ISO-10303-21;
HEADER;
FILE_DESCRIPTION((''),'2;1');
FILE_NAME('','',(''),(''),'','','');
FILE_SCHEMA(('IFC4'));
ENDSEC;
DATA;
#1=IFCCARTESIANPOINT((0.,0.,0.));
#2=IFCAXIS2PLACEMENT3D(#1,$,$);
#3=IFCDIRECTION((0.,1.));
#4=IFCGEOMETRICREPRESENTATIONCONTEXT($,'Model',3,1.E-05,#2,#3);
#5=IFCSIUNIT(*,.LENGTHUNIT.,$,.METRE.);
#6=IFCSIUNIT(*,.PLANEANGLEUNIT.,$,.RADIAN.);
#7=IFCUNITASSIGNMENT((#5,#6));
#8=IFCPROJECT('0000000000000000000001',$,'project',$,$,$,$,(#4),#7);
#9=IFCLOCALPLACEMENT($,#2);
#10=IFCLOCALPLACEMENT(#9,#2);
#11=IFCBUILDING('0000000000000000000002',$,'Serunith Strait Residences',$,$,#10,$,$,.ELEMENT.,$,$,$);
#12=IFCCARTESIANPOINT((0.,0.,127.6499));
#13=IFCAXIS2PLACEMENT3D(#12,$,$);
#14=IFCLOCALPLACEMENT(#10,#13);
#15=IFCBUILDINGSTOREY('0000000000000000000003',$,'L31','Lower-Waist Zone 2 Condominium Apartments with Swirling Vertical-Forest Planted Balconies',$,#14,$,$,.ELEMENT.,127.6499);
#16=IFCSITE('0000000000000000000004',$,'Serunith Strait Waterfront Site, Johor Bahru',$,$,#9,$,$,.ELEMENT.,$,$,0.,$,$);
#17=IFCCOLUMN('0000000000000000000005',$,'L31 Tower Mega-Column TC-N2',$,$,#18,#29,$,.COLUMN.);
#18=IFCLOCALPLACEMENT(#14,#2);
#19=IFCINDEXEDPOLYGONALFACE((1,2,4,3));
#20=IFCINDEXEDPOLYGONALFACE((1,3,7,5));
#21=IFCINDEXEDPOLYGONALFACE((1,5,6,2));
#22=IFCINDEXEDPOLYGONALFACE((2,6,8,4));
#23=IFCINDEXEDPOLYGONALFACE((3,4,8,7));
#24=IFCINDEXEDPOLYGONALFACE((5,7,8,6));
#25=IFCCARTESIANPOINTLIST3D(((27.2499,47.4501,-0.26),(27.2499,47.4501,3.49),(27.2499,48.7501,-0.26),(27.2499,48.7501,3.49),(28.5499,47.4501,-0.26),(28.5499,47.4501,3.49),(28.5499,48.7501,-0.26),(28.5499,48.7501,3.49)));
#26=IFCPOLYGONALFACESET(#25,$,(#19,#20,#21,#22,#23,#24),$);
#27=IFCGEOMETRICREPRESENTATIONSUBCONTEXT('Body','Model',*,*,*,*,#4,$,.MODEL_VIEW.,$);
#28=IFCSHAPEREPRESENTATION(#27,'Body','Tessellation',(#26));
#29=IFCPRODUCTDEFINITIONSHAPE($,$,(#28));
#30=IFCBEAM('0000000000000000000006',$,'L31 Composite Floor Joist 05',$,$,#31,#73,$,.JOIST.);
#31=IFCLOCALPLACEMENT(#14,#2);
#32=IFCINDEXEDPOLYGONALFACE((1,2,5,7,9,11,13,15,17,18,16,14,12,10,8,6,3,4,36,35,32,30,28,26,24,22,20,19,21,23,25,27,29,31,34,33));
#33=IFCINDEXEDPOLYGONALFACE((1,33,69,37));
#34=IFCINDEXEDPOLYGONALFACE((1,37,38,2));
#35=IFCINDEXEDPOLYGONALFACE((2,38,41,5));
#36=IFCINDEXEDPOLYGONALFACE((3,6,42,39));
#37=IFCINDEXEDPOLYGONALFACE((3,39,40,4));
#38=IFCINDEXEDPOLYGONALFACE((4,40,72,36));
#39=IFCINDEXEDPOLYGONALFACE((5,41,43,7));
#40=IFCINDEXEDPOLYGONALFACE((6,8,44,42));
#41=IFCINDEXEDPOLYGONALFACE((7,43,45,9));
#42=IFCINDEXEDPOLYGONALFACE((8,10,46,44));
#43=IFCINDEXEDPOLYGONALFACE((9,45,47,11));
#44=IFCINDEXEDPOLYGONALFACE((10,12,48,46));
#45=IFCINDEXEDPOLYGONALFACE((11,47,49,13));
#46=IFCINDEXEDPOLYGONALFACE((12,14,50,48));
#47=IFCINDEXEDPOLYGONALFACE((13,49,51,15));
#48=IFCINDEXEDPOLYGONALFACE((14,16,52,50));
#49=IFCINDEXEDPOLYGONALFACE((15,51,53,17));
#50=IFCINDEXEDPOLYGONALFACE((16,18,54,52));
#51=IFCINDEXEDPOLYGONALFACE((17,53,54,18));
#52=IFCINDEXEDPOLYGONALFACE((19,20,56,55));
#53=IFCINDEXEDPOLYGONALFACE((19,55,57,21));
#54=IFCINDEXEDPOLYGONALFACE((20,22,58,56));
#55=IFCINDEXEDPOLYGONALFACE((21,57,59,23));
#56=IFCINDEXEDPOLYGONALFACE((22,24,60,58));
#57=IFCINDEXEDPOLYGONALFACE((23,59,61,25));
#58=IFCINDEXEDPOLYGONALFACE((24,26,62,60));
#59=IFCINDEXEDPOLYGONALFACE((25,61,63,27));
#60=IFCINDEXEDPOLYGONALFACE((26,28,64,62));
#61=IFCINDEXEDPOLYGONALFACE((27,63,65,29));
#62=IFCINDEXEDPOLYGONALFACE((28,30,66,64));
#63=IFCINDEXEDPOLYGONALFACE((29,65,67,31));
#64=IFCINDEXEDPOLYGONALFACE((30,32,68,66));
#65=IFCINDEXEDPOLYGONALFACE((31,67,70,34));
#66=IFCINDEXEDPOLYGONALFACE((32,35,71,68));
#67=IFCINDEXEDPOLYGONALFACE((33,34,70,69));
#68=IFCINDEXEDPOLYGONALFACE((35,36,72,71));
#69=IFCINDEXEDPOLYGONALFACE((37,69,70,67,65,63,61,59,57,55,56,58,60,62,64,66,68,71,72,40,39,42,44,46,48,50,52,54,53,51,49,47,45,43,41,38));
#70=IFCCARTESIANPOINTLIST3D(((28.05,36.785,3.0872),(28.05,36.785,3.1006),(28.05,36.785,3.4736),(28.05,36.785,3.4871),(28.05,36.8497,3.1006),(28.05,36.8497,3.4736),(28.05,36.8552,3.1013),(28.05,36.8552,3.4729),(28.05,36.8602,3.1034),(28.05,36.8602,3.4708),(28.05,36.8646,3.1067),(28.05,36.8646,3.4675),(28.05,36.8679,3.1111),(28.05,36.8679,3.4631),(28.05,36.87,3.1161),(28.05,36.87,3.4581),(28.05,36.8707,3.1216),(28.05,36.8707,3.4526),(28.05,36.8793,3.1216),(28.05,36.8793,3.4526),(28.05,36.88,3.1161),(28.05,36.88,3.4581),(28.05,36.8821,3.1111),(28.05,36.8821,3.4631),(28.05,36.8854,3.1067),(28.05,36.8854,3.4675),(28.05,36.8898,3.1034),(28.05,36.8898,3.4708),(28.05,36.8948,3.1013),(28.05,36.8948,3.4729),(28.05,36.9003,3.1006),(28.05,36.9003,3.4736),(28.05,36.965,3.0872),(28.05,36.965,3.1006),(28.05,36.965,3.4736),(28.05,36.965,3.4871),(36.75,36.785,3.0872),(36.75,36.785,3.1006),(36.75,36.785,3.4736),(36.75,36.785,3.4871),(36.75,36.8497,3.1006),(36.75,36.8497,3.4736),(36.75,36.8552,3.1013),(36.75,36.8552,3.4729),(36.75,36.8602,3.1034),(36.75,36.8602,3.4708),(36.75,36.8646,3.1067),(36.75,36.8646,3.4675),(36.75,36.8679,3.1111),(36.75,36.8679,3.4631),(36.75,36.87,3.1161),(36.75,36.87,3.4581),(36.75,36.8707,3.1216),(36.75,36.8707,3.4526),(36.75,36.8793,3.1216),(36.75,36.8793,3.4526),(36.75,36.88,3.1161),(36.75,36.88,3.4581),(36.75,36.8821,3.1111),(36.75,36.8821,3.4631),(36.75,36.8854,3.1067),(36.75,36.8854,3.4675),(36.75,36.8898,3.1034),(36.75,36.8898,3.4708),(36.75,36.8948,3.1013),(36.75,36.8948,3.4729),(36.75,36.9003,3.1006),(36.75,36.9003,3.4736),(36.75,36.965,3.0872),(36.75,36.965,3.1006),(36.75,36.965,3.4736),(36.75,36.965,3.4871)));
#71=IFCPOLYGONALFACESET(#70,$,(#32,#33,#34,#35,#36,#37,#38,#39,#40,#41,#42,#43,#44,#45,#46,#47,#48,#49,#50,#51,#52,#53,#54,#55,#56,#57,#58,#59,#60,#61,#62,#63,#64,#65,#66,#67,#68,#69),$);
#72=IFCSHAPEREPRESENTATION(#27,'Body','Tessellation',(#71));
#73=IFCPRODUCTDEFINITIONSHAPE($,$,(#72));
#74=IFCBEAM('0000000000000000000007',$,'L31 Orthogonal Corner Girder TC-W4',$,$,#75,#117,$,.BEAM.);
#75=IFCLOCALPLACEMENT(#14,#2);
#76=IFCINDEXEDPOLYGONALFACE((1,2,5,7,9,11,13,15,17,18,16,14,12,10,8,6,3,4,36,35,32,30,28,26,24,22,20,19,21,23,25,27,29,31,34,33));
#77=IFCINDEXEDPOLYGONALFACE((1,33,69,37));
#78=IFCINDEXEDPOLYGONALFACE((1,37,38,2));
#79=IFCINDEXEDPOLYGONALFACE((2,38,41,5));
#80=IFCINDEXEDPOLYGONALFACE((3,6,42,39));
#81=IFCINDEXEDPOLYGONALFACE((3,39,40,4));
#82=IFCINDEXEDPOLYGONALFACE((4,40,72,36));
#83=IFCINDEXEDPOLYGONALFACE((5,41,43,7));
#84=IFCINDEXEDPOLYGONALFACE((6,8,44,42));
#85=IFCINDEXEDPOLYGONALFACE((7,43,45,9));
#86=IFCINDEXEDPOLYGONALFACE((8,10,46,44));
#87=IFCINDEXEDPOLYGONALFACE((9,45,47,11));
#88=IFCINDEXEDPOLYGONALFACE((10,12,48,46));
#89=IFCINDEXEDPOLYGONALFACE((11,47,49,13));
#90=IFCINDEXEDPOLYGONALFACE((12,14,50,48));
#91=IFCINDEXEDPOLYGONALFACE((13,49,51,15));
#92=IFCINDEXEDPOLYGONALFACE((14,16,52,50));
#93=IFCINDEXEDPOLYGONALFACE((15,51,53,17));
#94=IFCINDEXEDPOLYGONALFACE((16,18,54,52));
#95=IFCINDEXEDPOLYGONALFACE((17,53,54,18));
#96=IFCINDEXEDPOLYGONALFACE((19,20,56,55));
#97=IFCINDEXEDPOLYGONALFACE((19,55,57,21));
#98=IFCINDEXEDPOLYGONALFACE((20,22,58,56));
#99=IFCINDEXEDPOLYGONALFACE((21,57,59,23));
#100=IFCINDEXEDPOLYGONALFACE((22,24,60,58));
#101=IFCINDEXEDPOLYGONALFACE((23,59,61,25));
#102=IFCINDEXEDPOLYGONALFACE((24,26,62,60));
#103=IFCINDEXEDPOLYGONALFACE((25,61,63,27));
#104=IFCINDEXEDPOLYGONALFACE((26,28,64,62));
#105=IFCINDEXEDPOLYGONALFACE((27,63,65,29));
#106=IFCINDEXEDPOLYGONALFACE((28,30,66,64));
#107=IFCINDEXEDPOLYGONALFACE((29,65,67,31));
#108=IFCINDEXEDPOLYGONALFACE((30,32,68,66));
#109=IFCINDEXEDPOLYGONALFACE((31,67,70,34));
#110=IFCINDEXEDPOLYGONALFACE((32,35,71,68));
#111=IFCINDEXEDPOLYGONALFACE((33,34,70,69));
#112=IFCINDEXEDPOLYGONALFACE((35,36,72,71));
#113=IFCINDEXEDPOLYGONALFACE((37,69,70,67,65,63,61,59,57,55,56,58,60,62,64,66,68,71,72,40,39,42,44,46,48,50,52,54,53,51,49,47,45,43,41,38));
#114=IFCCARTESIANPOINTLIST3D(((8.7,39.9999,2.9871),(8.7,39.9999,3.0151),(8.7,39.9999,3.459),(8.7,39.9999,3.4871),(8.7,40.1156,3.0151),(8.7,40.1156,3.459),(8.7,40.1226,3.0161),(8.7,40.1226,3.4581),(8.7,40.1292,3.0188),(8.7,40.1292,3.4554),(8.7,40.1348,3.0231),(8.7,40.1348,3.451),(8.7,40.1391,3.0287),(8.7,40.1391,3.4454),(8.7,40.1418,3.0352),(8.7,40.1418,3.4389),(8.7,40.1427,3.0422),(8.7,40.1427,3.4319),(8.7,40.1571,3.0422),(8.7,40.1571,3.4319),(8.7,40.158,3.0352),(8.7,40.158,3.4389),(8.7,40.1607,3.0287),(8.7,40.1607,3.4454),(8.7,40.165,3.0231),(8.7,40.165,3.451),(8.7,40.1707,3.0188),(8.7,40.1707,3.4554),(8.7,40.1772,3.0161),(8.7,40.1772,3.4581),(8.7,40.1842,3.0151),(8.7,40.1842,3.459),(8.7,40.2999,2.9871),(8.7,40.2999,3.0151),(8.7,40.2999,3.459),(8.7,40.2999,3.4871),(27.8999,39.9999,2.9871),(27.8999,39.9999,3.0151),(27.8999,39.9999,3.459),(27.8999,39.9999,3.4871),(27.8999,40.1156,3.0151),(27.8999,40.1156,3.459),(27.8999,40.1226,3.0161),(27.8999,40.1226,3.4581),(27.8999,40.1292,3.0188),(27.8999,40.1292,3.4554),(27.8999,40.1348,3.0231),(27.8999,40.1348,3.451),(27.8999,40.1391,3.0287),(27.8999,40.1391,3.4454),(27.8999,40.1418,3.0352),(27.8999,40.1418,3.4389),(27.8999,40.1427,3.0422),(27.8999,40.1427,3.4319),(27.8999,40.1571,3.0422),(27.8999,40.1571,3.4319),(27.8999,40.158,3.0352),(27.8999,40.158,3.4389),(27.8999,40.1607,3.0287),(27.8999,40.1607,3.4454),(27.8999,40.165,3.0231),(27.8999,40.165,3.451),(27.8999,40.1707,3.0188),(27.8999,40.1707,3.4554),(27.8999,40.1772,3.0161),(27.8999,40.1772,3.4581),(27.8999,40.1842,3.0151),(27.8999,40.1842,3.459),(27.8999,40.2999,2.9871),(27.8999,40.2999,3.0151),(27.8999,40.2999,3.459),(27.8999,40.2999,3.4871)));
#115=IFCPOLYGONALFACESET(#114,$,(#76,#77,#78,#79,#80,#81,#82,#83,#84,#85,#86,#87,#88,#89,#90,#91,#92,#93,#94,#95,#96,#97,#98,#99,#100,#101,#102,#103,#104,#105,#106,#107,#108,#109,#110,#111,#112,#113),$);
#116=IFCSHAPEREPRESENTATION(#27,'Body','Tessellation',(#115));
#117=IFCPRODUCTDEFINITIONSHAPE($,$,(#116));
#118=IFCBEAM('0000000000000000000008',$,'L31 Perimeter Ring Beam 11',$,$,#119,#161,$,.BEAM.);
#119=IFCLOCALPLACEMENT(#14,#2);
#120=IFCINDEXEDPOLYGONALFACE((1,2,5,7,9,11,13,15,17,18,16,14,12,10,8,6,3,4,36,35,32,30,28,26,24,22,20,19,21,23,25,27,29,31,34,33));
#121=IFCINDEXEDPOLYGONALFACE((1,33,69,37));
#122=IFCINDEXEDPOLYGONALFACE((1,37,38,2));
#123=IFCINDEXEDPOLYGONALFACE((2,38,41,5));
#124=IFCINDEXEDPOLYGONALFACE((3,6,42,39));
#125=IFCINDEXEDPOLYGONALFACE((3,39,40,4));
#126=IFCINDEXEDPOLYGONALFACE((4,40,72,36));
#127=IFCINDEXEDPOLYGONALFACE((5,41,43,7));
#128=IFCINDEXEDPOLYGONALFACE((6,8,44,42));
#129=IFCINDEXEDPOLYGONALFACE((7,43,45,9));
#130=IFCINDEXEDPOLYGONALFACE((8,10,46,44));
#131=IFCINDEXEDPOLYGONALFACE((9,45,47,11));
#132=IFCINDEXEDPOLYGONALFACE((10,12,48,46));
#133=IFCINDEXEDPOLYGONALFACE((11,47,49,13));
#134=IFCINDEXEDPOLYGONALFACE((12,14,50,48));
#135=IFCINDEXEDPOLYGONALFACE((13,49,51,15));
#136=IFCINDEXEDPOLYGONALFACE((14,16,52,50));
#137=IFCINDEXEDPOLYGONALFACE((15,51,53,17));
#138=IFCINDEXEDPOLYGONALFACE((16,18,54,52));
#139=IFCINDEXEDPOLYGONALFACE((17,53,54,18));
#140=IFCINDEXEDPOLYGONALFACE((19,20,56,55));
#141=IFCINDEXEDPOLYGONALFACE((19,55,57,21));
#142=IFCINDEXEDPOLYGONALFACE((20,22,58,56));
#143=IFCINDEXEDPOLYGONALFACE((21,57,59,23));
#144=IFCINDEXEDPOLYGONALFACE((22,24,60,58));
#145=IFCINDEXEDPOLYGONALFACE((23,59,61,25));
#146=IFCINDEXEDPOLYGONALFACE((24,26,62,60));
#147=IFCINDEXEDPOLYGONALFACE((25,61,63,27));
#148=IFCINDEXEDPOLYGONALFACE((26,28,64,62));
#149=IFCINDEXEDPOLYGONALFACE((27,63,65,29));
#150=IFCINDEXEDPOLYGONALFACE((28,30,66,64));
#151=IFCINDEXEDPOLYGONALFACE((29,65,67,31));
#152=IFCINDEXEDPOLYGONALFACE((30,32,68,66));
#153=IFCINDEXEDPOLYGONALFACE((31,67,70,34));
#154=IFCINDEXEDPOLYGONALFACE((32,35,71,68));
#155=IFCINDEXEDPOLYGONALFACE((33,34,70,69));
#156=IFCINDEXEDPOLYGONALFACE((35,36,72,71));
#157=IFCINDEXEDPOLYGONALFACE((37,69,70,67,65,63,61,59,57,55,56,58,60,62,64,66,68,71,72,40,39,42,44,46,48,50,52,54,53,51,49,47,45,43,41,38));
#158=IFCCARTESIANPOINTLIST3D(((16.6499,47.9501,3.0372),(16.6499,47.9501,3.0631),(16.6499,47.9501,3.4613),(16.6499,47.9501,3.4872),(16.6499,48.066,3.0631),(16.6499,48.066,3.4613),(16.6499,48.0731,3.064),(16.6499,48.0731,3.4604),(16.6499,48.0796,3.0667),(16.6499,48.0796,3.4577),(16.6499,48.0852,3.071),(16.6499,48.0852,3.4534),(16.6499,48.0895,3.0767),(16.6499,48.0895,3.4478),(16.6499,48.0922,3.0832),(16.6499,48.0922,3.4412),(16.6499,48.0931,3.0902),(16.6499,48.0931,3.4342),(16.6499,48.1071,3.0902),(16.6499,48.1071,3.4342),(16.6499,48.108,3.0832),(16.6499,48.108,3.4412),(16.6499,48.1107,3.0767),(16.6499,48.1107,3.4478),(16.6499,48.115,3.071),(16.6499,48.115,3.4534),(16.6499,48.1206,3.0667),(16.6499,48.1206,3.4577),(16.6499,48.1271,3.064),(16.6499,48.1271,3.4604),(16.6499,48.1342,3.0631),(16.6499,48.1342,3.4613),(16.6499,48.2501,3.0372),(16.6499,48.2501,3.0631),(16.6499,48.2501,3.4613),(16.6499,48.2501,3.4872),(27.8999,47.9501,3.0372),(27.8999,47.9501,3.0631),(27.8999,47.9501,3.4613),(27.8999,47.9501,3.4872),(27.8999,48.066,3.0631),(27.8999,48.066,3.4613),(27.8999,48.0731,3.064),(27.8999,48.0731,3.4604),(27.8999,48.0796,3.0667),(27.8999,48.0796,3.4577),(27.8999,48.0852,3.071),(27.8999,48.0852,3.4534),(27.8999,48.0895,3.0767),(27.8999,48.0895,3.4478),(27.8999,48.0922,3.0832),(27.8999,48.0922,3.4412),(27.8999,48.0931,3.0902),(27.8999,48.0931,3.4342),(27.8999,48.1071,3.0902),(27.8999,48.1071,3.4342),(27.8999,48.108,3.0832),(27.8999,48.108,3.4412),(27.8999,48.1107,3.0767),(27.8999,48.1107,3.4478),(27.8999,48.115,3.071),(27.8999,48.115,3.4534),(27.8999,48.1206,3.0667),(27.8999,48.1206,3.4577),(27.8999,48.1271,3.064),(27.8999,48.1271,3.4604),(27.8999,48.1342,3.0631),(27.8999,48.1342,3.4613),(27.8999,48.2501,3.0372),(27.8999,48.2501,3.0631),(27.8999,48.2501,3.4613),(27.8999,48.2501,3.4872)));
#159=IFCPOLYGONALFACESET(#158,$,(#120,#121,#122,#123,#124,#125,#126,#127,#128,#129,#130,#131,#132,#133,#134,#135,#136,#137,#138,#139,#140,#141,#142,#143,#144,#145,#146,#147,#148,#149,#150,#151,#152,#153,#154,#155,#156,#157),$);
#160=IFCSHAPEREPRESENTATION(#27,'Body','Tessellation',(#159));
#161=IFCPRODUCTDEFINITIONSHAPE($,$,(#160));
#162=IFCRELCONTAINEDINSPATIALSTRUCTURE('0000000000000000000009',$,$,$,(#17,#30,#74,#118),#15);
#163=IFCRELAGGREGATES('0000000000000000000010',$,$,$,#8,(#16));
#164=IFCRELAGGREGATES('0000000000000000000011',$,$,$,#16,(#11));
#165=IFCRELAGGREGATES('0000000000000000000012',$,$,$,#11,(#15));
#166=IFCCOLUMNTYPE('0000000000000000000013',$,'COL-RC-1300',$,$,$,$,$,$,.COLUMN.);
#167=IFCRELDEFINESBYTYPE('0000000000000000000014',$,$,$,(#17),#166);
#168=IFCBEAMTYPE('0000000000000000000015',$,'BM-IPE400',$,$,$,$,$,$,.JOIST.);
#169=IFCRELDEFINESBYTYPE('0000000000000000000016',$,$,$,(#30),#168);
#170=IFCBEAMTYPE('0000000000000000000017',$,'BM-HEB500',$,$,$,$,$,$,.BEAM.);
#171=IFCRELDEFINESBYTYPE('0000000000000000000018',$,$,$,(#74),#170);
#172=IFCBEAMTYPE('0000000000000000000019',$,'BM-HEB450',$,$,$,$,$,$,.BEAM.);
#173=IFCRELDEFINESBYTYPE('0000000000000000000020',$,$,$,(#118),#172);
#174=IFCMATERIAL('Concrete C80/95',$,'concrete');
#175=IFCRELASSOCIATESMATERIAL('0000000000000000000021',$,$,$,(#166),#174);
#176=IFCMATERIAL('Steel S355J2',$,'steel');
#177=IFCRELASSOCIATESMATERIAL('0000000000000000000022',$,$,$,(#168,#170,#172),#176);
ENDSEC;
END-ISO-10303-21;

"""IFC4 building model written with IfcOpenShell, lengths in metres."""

from ifc_helpers import new_model, si_unit, direction, frame, origin, origin_2d, place, context, subcontext, project, spatial, rectangle, i_section, extrude, source, transform, mapped, material, material_profile, profile_set, type_object, element, save


model = new_model("IFC4")

# Units and contexts
model_context = context("Model", 3, precision=1e-05, world=origin(), true_north=direction((0.0, 1.0)))
body_context = subcontext(model_context, "Body", "Model", "MODEL_VIEW")
ifc_project = project(units=[si_unit("LENGTHUNIT", "METRE"), si_unit("PLANEANGLEUNIT", "RADIAN")], contexts=[model_context])

# Site, building, storey
site_placement = place(None, origin())
site = spatial("IfcSite", under=ifc_project, at=site_placement, Name="Serunith Strait Waterfront Site, Johor Bahru", CompositionType="ELEMENT", RefElevation=0.0)
building_placement = place(site_placement, origin())
building = spatial("IfcBuilding", under=site, at=building_placement, Name="Serunith Strait Residences", CompositionType="ELEMENT")
storey_placement = place(building_placement, frame((0.0, 0.0, 127.6499)))
storey = spatial("IfcBuildingStorey", under=building, at=storey_placement, Name="L31", Description="Lower-Waist Zone 2 Condominium Apartments with Swirling Vertical-Forest Planted Balconies", CompositionType="ELEMENT", Elevation=127.6499)

# Column
ifc_material_1 = material(Name="Concrete C80/95", Category="concrete")
ifc_material_profile_1 = material_profile(ifc_material_1, rectangle(XDim=1.3, YDim=1.3, at=origin_2d()), Name="RC 1300x1300")
ifc_profile_set_1 = profile_set([ifc_material_profile_1], Name="Concrete C80/95")
column_type = type_object("IfcColumnType", Name="COL-RC-1300", PredefinedType="COLUMN", material=ifc_profile_set_1)
shared_shape_1 = source(origin(), body_context, "Body", "SweptSolid", [
    extrude(rectangle(XDim=1.3, YDim=1.3, at=origin_2d()), origin(), (0.0, 0.0, 1.0), 3.75),
])
column_placement = place(storey_placement, frame((27.8999, 48.1001, -0.26), z_axis=(0.0, 0.0, 1.0), x_axis=(1.0, 0.0, 0.0)))
element("IfcColumn", 1, at=column_placement, inside=storey, type_object=column_type, Name="L31 Tower Mega-Column TC-N2", PredefinedType="COLUMN", context=body_context, shape_type="MappedRepresentation", body=[
    mapped(shared_shape_1, transform((0.0, 0.0, 0.0), scale=1.0)),
])

# Beams
ifc_material_2 = material(Name="Steel S355J2", Category="steel")
ifc_material_profile_2 = material_profile(ifc_material_2, i_section(OverallWidth=0.1799, OverallDepth=0.3999, WebThickness=0.0085, FlangeThickness=0.0134, FilletRadius=0.021, at=origin_2d()), Name="IPE 400")
ifc_profile_set_2 = profile_set([ifc_material_profile_2], Name="Steel S355J2")
beam_type_1 = type_object("IfcBeamType", Name="BM-IPE400", PredefinedType="JOIST", material=ifc_profile_set_2)
shared_shape_2 = source(origin(), body_context, "Body", "SweptSolid", [
    extrude(i_section(OverallWidth=0.1799, OverallDepth=0.3999, WebThickness=0.0085, FlangeThickness=0.0134, FilletRadius=0.021, at=origin_2d()), origin(), (0.0, 0.0, 1.0), 8.7),
])
beam_1_placement = place(storey_placement, frame((28.05, 36.875, 3.2871), z_axis=(1.0, 0.0, 0.0), x_axis=(0.0, 1.0, 0.0)))
element("IfcBeam", 2, at=beam_1_placement, inside=storey, type_object=beam_type_1, Name="L31 Composite Floor Joist 05", PredefinedType="JOIST", context=body_context, shape_type="MappedRepresentation", body=[
    mapped(shared_shape_2, transform((0.0, 0.0, 0.0), scale=1.0)),
])
ifc_material_profile_3 = material_profile(ifc_material_2, i_section(OverallWidth=0.3, OverallDepth=0.5, WebThickness=0.0144, FlangeThickness=0.0281, FilletRadius=0.0271, at=origin_2d()), Name="HEB 500")
ifc_profile_set_3 = profile_set([ifc_material_profile_3], Name="Steel S355J2")
beam_type_2 = type_object("IfcBeamType", Name="BM-HEB500", PredefinedType="BEAM", material=ifc_profile_set_3)
shared_shape_3 = source(origin(), body_context, "Body", "SweptSolid", [
    extrude(i_section(OverallWidth=0.3, OverallDepth=0.5, WebThickness=0.0144, FlangeThickness=0.0281, FilletRadius=0.0271, at=origin_2d()), origin(), (0.0, 0.0, 1.0), 19.2),
])
beam_2_placement = place(storey_placement, frame((27.8999, 40.1499, 3.2371), z_axis=(-1.0, 0.0, 0.0), x_axis=(0.0, -1.0, 0.0)))
element("IfcBeam", 3, at=beam_2_placement, inside=storey, type_object=beam_type_2, Name="L31 Orthogonal Corner Girder TC-W4", PredefinedType="BEAM", context=body_context, shape_type="MappedRepresentation", body=[
    mapped(shared_shape_3, transform((0.0, 0.0, 0.0), scale=1.0)),
])
ifc_material_profile_4 = material_profile(ifc_material_2, i_section(OverallWidth=0.3, OverallDepth=0.45, WebThickness=0.0139, FlangeThickness=0.0259, FilletRadius=0.0271, at=origin_2d()), Name="HEB 450")
ifc_profile_set_4 = profile_set([ifc_material_profile_4], Name="Steel S355J2")
beam_type_3 = type_object("IfcBeamType", Name="BM-HEB450", PredefinedType="BEAM", material=ifc_profile_set_4)
shared_shape_4 = source(origin(), body_context, "Body", "SweptSolid", [
    extrude(i_section(OverallWidth=0.3, OverallDepth=0.45, WebThickness=0.0139, FlangeThickness=0.0259, FilletRadius=0.0271, at=origin_2d()), origin(), (0.0, 0.0, 1.0), 11.25),
])
beam_3_placement = place(storey_placement, frame((27.8999, 48.1001, 3.2622), z_axis=(-1.0, 0.0, 0.0), x_axis=(0.0, -1.0, 0.0)))
element("IfcBeam", 4, at=beam_3_placement, inside=storey, type_object=beam_type_3, Name="L31 Perimeter Ring Beam 11", PredefinedType="BEAM", context=body_context, shape_type="MappedRepresentation", body=[
    mapped(shared_shape_4, transform((0.0, 0.0, 0.0), scale=1.0)),
])

save(model, "model.ifc")
